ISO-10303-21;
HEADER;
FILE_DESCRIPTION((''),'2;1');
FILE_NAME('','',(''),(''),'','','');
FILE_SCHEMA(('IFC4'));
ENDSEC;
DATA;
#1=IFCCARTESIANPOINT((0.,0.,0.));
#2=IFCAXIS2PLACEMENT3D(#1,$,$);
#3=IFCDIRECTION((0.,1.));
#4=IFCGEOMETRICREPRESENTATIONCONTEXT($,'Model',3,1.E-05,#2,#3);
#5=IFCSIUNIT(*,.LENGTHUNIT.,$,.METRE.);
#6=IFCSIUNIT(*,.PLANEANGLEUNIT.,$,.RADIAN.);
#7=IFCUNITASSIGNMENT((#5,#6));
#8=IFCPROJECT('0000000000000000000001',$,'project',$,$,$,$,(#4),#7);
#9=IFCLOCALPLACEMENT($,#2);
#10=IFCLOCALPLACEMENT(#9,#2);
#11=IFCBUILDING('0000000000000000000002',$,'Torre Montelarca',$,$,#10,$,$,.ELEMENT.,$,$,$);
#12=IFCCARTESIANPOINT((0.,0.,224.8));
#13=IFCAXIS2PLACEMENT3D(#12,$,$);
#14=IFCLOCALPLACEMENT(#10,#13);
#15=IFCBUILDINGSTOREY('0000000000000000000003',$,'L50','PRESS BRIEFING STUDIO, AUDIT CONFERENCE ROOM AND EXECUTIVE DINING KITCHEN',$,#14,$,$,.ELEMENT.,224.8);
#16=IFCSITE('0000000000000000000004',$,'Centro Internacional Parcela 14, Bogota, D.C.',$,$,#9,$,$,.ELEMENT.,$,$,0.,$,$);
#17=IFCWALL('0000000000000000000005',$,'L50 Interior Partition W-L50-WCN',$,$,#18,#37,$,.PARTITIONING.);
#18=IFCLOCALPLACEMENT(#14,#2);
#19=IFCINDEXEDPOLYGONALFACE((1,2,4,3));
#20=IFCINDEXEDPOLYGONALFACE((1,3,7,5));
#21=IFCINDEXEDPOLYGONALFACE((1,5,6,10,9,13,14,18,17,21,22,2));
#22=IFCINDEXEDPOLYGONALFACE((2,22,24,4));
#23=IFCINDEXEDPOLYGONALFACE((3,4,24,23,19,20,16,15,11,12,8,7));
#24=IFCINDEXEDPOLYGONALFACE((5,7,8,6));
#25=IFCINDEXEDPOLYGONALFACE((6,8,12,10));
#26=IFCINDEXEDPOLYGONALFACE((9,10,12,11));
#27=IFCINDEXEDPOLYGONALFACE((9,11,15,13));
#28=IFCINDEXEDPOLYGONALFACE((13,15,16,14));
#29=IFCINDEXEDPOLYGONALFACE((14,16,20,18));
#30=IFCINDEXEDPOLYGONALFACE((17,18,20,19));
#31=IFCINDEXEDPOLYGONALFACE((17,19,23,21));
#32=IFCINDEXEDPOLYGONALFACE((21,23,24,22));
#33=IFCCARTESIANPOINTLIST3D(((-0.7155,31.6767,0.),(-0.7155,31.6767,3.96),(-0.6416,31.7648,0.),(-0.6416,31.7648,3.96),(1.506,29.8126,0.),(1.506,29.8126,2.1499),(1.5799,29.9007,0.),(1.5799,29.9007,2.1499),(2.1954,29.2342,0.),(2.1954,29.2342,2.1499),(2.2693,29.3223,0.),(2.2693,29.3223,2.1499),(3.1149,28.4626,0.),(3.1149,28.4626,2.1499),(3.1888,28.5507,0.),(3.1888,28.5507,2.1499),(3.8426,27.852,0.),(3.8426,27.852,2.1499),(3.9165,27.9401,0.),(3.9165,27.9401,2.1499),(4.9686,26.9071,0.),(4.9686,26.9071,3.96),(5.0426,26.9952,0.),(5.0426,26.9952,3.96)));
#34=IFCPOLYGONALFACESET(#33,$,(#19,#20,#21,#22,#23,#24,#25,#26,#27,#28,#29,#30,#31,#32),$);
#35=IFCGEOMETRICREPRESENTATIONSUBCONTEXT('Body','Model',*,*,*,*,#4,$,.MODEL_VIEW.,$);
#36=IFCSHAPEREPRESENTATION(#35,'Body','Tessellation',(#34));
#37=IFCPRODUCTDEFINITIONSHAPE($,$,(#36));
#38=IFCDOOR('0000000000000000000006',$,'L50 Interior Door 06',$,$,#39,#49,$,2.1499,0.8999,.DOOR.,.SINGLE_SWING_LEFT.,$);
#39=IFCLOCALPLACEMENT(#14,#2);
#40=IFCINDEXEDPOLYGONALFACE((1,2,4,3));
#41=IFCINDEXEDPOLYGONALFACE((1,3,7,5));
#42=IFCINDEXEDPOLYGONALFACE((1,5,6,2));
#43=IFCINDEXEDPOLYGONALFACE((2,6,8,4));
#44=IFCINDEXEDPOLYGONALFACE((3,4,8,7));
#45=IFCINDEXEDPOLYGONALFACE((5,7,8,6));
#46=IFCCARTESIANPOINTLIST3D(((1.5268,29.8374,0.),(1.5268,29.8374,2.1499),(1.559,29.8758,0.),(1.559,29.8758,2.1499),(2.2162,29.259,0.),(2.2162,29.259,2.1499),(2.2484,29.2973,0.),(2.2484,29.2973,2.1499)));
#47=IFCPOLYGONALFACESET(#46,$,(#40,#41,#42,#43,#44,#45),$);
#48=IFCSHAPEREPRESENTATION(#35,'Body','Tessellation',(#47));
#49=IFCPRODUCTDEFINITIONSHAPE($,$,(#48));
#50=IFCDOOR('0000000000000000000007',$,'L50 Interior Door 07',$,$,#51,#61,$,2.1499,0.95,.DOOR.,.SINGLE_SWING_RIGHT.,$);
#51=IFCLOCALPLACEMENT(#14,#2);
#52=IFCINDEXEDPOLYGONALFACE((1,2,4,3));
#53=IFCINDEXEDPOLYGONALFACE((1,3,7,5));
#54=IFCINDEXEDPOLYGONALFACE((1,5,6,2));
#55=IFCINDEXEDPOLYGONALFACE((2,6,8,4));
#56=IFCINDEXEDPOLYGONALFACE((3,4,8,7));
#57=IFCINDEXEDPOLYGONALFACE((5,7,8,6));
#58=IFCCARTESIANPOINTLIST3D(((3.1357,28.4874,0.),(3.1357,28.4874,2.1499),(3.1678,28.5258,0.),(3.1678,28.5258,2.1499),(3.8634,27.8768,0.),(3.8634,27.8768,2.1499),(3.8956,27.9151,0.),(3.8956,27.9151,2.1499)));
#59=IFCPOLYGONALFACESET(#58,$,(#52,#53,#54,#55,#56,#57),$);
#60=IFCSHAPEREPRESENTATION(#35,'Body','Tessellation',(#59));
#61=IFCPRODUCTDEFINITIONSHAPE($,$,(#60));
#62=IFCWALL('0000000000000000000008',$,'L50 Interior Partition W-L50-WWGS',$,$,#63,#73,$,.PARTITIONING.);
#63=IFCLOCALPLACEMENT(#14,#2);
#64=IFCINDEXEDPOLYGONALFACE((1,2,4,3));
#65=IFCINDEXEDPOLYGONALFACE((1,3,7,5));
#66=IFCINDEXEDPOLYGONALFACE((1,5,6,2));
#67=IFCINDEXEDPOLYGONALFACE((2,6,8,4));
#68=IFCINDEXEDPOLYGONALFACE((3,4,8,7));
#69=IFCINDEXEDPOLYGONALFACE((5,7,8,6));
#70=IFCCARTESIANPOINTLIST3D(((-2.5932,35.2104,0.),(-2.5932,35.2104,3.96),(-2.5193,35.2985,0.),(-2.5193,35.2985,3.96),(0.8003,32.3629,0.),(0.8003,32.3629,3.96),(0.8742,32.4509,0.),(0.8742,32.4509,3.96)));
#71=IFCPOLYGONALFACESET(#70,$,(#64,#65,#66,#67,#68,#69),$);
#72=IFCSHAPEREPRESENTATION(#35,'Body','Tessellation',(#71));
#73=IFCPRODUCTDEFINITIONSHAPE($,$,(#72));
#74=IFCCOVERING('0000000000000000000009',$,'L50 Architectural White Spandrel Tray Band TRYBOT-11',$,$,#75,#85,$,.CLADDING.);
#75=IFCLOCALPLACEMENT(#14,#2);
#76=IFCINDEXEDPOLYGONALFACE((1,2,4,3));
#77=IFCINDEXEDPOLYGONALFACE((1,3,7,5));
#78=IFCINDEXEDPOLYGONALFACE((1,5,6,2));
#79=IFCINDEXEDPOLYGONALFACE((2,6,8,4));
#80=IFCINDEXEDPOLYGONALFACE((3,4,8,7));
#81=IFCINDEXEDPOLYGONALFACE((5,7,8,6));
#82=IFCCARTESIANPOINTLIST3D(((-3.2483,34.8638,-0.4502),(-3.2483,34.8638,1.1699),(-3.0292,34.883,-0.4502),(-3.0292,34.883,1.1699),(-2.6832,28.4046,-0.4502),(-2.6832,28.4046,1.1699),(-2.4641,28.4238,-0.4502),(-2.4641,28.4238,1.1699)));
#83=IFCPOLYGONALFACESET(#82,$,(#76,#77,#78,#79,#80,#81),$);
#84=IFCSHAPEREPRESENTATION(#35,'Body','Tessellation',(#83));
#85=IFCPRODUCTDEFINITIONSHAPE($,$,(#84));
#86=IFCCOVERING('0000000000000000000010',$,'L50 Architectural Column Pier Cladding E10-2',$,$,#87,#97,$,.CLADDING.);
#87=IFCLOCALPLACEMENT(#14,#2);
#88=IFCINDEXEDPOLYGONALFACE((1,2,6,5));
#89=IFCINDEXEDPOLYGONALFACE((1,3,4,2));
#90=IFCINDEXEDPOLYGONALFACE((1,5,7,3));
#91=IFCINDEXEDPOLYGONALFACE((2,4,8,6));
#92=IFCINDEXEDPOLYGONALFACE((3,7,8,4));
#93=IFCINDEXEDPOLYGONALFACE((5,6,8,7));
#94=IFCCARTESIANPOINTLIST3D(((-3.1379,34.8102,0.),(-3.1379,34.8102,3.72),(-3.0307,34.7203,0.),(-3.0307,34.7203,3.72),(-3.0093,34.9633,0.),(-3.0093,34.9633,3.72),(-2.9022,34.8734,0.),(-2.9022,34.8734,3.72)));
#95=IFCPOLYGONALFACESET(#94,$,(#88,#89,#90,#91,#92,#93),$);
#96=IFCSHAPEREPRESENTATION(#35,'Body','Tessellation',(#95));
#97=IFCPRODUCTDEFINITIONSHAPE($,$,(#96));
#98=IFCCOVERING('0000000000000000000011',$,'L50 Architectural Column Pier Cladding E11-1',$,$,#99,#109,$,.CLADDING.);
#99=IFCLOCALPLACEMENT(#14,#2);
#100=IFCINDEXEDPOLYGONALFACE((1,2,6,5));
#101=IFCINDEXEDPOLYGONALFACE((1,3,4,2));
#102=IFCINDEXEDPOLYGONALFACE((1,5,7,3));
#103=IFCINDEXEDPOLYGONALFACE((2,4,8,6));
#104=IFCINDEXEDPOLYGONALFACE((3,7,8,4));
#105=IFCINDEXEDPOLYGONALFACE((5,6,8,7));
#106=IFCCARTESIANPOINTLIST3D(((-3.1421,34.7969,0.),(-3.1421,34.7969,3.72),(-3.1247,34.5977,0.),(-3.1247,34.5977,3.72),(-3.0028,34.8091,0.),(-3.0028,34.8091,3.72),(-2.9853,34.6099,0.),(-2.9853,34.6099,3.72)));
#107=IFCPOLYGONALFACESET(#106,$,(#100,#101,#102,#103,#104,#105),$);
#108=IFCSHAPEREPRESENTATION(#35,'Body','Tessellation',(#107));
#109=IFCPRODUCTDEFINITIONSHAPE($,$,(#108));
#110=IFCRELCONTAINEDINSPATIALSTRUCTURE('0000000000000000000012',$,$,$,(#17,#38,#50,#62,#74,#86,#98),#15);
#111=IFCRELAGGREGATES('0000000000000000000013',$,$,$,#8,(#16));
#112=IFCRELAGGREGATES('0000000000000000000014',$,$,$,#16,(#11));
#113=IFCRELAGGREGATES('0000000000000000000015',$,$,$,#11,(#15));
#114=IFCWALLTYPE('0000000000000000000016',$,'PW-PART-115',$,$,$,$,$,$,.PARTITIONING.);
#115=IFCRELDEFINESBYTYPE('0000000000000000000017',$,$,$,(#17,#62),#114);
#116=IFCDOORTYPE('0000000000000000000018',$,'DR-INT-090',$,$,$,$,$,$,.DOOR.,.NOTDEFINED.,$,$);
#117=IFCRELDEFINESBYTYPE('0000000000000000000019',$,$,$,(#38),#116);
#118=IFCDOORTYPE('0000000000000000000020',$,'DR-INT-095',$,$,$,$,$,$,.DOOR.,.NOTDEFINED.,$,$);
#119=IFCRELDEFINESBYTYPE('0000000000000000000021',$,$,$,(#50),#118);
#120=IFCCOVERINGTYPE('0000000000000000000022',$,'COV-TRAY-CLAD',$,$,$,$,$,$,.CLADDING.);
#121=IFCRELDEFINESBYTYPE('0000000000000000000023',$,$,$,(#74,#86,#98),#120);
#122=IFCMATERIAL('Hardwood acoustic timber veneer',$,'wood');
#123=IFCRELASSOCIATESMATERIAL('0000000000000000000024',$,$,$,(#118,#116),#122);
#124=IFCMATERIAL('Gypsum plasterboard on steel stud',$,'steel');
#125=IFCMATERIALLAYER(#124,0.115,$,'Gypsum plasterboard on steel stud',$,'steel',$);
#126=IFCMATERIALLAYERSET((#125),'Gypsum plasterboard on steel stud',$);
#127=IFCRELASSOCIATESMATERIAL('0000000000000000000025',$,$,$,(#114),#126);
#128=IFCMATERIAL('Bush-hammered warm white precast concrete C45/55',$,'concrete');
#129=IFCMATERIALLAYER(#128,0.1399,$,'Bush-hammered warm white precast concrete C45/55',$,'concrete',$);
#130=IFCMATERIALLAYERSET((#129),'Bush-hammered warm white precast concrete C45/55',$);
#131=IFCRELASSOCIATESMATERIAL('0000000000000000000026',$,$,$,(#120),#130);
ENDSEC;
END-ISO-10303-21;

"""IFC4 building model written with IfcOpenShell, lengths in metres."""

from ifc_helpers import new_model, si_unit, direction, frame, frame_2d, origin, origin_2d, place, context, subcontext, project, spatial, rectangle, extrude, source, transform, mapped, material, layer, layer_set, type_object, element, fill, save


model = new_model("IFC4")

# Units and contexts
model_context = context("Model", 3, precision=1e-05, world=origin(), true_north=direction((0.0, 1.0)))
body_context = subcontext(model_context, "Body", "Model", "MODEL_VIEW")
ifc_project = project(units=[si_unit("LENGTHUNIT", "METRE"), si_unit("PLANEANGLEUNIT", "RADIAN")], contexts=[model_context])

# Site, building, storey
site_placement = place(None, origin())
site = spatial("IfcSite", under=ifc_project, at=site_placement, Name="Centro Internacional Parcela 14, Bogota, D.C.", CompositionType="ELEMENT", RefElevation=0.0)
building_placement = place(site_placement, origin())
building = spatial("IfcBuilding", under=site, at=building_placement, Name="Torre Montelarca", CompositionType="ELEMENT")
storey_placement = place(building_placement, frame((0.0, 0.0, 224.8)))
storey = spatial("IfcBuildingStorey", under=building, at=storey_placement, Name="L50", Description="PRESS BRIEFING STUDIO, AUDIT CONFERENCE ROOM AND EXECUTIVE DINING KITCHEN", CompositionType="ELEMENT", Elevation=224.8)

# Shared definitions
ifc_material_1 = material(Name="Gypsum plasterboard on steel stud", Category="steel")

# Shared definitions
ifc_material_2 = material(Name="Hardwood acoustic timber veneer", Category="wood")
door_type_1 = type_object("IfcDoorType", Name="DR-INT-095", OperationType="NOTDEFINED", PredefinedType="DOOR", material=ifc_material_2)
shared_shape_1 = source(origin(), body_context, "Body", "SweptSolid", [
    extrude(rectangle(XDim=0.95, YDim=2.1499, at=frame_2d((0.4751, 1.075))), frame((0.0, 0.0249, 0.0), z_axis=(0.0, -1.0, 0.0), x_axis=(1.0, 0.0, 0.0)), (0.0, 0.0, 1.0), 0.05),
])

# Wall, openings, doors
ifc_layer_1 = layer(ifc_material_1, 0.115, Name="Gypsum plasterboard on steel stud", Category="steel")
ifc_layer_set_1 = layer_set([ifc_layer_1], Name="Gypsum plasterboard on steel stud")
wall_type_1 = type_object("IfcWallType", Name="PW-PART-115", PredefinedType="PARTITIONING", material=ifc_layer_set_1)
wall_1_placement = place(storey_placement, frame((-0.6785, 31.7207, 0.0), z_axis=(0.0, 0.0, 1.0), x_axis=(0.766043, -0.642789, 0.0)))
wall_1 = element("IfcWall", 1, at=wall_1_placement, inside=storey, type_object=wall_type_1, Name="L50 Interior Partition W-L50-WCN", PredefinedType="PARTITIONING", context=body_context, shape_type="SweptSolid", body=[
    extrude(rectangle(XDim=7.4202, YDim=0.115, at=frame_2d((3.71, 0.0))), origin(), (0.0, 0.0, 1.0), 3.96),
])
opening_1_placement = place(wall_1_placement, frame((2.8999, 0.0, 0.0)))
opening_1 = element("IfcOpeningElement", 2, at=opening_1_placement, cuts=wall_1, PredefinedType="OPENING", context=body_context, shape_type="SweptSolid", body=[
    extrude(rectangle(XDim=0.8999, YDim=2.1499, at=frame_2d((0.45, 1.075))), frame((0.0, 0.0674, 0.0), z_axis=(0.0, -1.0, 0.0), x_axis=(1.0, 0.0, 0.0)), (0.0, 0.0, 1.0), 0.135),
])
opening_2_placement = place(wall_1_placement, frame((5.0, 0.0, 0.0)))
opening_2 = element("IfcOpeningElement", 3, at=opening_2_placement, cuts=wall_1, PredefinedType="OPENING", context=body_context, shape_type="SweptSolid", body=[
    extrude(rectangle(XDim=0.95, YDim=2.1499, at=frame_2d((0.4751, 1.075))), frame((0.0, 0.0674, 0.0), z_axis=(0.0, -1.0, 0.0), x_axis=(1.0, 0.0, 0.0)), (0.0, 0.0, 1.0), 0.135),
])
door_type_2 = type_object("IfcDoorType", Name="DR-INT-090", OperationType="NOTDEFINED", PredefinedType="DOOR", material=ifc_material_2)
shared_shape_2 = source(origin(), body_context, "Body", "SweptSolid", [
    extrude(rectangle(XDim=0.8999, YDim=2.1499, at=frame_2d((0.45, 1.075))), frame((0.0, 0.0249, 0.0), z_axis=(0.0, -1.0, 0.0), x_axis=(1.0, 0.0, 0.0)), (0.0, 0.0, 1.0), 0.05),
])
door_1_placement = place(opening_1_placement, origin())
door_1 = element("IfcDoor", 4, at=door_1_placement, inside=storey, type_object=door_type_2, Name="L50 Interior Door 06", OperationType="SINGLE_SWING_LEFT", OverallHeight=2.1499, OverallWidth=0.8999, PredefinedType="DOOR", context=body_context, shape_type="MappedRepresentation", body=[
    mapped(shared_shape_2, transform((0.0, 0.0, 0.0), scale=1.0)),
])
fill(opening_1, door_1)
door_2_placement = place(opening_2_placement, origin())
door_2 = element("IfcDoor", 5, at=door_2_placement, inside=storey, type_object=door_type_1, Name="L50 Interior Door 07", OperationType="SINGLE_SWING_RIGHT", OverallHeight=2.1499, OverallWidth=0.95, PredefinedType="DOOR", context=body_context, shape_type="MappedRepresentation", body=[
    mapped(shared_shape_1, transform((0.0, 0.0, 0.0), scale=1.0)),
])
fill(opening_2, door_2)

# Wall
wall_2_placement = place(storey_placement, frame((-2.5562, 35.2544, 0.0), z_axis=(0.0, 0.0, 1.0), x_axis=(0.76603, -0.642804, 0.0)))
element("IfcWall", 6, at=wall_2_placement, inside=storey, type_object=wall_type_1, Name="L50 Interior Partition W-L50-WWGS", PredefinedType="PARTITIONING", context=body_context, shape_type="SweptSolid", body=[
    extrude(rectangle(XDim=4.4299, YDim=0.115, at=frame_2d((2.2148, 0.0))), origin(), (0.0, 0.0, 1.0), 3.96),
])

# Coverings
ifc_material_3 = material(Name="Bush-hammered warm white precast concrete C45/55", Category="concrete")
ifc_layer_2 = layer(ifc_material_3, 0.1399, Name="Bush-hammered warm white precast concrete C45/55", Category="concrete")
ifc_layer_set_2 = layer_set([ifc_layer_2], Name="Bush-hammered warm white precast concrete C45/55")
covering_type = type_object("IfcCoveringType", Name="COV-TRAY-CLAD", PredefinedType="CLADDING", material=ifc_layer_set_2)
shared_shape_3 = source(origin(), body_context, "Body", "SweptSolid", [
    extrude(rectangle(XDim=6.4839, YDim=0.22, at=origin_2d()), origin(), (0.0, 0.0, 1.0), 1.6201),
])
covering_placement = place(storey_placement, frame((-2.8562, 31.6438, -0.4502), z_axis=(0.0, 0.0, 1.0), x_axis=(0.087147, -0.996195, 0.0)))
element("IfcCovering", 7, at=covering_placement, inside=storey, type_object=covering_type, Name="L50 Architectural White Spandrel Tray Band TRYBOT-11", PredefinedType="CLADDING", context=body_context, shape_type="MappedRepresentation", body=[
    mapped(shared_shape_3, transform((0.0, 0.0, 0.0), scale=1.0)),
])
shared_shape_4 = source(origin(), body_context, "Body", "SweptSolid", [
    extrude(rectangle(XDim=0.2, YDim=0.1399, at=origin_2d()), origin(), (0.0, 0.0, 1.0), 3.72),
])
for number, where, z_axis, x_axis, name in (
    (8, (-3.02, 34.8418, 0.0), (0.0, 0.0, 1.0), (-0.642789, -0.766043, 0.0), "L50 Architectural Column Pier Cladding E10-2"),
    (9, (-3.0637, 34.7034, 0.0), (0.0, 0.0, 1.0), (0.087161, -0.996194, 0.0), "L50 Architectural Column Pier Cladding E11-1"),
):
    element("IfcCovering", number, at=place(storey_placement, frame(where, z_axis=z_axis, x_axis=x_axis)), inside=storey, type_object=covering_type, Name=name, PredefinedType="CLADDING", context=body_context, shape_type="MappedRepresentation", body=[
        mapped(shared_shape_4, transform((0.0, 0.0, 0.0), scale=1.0)),
    ])

save(model, "model.ifc")
